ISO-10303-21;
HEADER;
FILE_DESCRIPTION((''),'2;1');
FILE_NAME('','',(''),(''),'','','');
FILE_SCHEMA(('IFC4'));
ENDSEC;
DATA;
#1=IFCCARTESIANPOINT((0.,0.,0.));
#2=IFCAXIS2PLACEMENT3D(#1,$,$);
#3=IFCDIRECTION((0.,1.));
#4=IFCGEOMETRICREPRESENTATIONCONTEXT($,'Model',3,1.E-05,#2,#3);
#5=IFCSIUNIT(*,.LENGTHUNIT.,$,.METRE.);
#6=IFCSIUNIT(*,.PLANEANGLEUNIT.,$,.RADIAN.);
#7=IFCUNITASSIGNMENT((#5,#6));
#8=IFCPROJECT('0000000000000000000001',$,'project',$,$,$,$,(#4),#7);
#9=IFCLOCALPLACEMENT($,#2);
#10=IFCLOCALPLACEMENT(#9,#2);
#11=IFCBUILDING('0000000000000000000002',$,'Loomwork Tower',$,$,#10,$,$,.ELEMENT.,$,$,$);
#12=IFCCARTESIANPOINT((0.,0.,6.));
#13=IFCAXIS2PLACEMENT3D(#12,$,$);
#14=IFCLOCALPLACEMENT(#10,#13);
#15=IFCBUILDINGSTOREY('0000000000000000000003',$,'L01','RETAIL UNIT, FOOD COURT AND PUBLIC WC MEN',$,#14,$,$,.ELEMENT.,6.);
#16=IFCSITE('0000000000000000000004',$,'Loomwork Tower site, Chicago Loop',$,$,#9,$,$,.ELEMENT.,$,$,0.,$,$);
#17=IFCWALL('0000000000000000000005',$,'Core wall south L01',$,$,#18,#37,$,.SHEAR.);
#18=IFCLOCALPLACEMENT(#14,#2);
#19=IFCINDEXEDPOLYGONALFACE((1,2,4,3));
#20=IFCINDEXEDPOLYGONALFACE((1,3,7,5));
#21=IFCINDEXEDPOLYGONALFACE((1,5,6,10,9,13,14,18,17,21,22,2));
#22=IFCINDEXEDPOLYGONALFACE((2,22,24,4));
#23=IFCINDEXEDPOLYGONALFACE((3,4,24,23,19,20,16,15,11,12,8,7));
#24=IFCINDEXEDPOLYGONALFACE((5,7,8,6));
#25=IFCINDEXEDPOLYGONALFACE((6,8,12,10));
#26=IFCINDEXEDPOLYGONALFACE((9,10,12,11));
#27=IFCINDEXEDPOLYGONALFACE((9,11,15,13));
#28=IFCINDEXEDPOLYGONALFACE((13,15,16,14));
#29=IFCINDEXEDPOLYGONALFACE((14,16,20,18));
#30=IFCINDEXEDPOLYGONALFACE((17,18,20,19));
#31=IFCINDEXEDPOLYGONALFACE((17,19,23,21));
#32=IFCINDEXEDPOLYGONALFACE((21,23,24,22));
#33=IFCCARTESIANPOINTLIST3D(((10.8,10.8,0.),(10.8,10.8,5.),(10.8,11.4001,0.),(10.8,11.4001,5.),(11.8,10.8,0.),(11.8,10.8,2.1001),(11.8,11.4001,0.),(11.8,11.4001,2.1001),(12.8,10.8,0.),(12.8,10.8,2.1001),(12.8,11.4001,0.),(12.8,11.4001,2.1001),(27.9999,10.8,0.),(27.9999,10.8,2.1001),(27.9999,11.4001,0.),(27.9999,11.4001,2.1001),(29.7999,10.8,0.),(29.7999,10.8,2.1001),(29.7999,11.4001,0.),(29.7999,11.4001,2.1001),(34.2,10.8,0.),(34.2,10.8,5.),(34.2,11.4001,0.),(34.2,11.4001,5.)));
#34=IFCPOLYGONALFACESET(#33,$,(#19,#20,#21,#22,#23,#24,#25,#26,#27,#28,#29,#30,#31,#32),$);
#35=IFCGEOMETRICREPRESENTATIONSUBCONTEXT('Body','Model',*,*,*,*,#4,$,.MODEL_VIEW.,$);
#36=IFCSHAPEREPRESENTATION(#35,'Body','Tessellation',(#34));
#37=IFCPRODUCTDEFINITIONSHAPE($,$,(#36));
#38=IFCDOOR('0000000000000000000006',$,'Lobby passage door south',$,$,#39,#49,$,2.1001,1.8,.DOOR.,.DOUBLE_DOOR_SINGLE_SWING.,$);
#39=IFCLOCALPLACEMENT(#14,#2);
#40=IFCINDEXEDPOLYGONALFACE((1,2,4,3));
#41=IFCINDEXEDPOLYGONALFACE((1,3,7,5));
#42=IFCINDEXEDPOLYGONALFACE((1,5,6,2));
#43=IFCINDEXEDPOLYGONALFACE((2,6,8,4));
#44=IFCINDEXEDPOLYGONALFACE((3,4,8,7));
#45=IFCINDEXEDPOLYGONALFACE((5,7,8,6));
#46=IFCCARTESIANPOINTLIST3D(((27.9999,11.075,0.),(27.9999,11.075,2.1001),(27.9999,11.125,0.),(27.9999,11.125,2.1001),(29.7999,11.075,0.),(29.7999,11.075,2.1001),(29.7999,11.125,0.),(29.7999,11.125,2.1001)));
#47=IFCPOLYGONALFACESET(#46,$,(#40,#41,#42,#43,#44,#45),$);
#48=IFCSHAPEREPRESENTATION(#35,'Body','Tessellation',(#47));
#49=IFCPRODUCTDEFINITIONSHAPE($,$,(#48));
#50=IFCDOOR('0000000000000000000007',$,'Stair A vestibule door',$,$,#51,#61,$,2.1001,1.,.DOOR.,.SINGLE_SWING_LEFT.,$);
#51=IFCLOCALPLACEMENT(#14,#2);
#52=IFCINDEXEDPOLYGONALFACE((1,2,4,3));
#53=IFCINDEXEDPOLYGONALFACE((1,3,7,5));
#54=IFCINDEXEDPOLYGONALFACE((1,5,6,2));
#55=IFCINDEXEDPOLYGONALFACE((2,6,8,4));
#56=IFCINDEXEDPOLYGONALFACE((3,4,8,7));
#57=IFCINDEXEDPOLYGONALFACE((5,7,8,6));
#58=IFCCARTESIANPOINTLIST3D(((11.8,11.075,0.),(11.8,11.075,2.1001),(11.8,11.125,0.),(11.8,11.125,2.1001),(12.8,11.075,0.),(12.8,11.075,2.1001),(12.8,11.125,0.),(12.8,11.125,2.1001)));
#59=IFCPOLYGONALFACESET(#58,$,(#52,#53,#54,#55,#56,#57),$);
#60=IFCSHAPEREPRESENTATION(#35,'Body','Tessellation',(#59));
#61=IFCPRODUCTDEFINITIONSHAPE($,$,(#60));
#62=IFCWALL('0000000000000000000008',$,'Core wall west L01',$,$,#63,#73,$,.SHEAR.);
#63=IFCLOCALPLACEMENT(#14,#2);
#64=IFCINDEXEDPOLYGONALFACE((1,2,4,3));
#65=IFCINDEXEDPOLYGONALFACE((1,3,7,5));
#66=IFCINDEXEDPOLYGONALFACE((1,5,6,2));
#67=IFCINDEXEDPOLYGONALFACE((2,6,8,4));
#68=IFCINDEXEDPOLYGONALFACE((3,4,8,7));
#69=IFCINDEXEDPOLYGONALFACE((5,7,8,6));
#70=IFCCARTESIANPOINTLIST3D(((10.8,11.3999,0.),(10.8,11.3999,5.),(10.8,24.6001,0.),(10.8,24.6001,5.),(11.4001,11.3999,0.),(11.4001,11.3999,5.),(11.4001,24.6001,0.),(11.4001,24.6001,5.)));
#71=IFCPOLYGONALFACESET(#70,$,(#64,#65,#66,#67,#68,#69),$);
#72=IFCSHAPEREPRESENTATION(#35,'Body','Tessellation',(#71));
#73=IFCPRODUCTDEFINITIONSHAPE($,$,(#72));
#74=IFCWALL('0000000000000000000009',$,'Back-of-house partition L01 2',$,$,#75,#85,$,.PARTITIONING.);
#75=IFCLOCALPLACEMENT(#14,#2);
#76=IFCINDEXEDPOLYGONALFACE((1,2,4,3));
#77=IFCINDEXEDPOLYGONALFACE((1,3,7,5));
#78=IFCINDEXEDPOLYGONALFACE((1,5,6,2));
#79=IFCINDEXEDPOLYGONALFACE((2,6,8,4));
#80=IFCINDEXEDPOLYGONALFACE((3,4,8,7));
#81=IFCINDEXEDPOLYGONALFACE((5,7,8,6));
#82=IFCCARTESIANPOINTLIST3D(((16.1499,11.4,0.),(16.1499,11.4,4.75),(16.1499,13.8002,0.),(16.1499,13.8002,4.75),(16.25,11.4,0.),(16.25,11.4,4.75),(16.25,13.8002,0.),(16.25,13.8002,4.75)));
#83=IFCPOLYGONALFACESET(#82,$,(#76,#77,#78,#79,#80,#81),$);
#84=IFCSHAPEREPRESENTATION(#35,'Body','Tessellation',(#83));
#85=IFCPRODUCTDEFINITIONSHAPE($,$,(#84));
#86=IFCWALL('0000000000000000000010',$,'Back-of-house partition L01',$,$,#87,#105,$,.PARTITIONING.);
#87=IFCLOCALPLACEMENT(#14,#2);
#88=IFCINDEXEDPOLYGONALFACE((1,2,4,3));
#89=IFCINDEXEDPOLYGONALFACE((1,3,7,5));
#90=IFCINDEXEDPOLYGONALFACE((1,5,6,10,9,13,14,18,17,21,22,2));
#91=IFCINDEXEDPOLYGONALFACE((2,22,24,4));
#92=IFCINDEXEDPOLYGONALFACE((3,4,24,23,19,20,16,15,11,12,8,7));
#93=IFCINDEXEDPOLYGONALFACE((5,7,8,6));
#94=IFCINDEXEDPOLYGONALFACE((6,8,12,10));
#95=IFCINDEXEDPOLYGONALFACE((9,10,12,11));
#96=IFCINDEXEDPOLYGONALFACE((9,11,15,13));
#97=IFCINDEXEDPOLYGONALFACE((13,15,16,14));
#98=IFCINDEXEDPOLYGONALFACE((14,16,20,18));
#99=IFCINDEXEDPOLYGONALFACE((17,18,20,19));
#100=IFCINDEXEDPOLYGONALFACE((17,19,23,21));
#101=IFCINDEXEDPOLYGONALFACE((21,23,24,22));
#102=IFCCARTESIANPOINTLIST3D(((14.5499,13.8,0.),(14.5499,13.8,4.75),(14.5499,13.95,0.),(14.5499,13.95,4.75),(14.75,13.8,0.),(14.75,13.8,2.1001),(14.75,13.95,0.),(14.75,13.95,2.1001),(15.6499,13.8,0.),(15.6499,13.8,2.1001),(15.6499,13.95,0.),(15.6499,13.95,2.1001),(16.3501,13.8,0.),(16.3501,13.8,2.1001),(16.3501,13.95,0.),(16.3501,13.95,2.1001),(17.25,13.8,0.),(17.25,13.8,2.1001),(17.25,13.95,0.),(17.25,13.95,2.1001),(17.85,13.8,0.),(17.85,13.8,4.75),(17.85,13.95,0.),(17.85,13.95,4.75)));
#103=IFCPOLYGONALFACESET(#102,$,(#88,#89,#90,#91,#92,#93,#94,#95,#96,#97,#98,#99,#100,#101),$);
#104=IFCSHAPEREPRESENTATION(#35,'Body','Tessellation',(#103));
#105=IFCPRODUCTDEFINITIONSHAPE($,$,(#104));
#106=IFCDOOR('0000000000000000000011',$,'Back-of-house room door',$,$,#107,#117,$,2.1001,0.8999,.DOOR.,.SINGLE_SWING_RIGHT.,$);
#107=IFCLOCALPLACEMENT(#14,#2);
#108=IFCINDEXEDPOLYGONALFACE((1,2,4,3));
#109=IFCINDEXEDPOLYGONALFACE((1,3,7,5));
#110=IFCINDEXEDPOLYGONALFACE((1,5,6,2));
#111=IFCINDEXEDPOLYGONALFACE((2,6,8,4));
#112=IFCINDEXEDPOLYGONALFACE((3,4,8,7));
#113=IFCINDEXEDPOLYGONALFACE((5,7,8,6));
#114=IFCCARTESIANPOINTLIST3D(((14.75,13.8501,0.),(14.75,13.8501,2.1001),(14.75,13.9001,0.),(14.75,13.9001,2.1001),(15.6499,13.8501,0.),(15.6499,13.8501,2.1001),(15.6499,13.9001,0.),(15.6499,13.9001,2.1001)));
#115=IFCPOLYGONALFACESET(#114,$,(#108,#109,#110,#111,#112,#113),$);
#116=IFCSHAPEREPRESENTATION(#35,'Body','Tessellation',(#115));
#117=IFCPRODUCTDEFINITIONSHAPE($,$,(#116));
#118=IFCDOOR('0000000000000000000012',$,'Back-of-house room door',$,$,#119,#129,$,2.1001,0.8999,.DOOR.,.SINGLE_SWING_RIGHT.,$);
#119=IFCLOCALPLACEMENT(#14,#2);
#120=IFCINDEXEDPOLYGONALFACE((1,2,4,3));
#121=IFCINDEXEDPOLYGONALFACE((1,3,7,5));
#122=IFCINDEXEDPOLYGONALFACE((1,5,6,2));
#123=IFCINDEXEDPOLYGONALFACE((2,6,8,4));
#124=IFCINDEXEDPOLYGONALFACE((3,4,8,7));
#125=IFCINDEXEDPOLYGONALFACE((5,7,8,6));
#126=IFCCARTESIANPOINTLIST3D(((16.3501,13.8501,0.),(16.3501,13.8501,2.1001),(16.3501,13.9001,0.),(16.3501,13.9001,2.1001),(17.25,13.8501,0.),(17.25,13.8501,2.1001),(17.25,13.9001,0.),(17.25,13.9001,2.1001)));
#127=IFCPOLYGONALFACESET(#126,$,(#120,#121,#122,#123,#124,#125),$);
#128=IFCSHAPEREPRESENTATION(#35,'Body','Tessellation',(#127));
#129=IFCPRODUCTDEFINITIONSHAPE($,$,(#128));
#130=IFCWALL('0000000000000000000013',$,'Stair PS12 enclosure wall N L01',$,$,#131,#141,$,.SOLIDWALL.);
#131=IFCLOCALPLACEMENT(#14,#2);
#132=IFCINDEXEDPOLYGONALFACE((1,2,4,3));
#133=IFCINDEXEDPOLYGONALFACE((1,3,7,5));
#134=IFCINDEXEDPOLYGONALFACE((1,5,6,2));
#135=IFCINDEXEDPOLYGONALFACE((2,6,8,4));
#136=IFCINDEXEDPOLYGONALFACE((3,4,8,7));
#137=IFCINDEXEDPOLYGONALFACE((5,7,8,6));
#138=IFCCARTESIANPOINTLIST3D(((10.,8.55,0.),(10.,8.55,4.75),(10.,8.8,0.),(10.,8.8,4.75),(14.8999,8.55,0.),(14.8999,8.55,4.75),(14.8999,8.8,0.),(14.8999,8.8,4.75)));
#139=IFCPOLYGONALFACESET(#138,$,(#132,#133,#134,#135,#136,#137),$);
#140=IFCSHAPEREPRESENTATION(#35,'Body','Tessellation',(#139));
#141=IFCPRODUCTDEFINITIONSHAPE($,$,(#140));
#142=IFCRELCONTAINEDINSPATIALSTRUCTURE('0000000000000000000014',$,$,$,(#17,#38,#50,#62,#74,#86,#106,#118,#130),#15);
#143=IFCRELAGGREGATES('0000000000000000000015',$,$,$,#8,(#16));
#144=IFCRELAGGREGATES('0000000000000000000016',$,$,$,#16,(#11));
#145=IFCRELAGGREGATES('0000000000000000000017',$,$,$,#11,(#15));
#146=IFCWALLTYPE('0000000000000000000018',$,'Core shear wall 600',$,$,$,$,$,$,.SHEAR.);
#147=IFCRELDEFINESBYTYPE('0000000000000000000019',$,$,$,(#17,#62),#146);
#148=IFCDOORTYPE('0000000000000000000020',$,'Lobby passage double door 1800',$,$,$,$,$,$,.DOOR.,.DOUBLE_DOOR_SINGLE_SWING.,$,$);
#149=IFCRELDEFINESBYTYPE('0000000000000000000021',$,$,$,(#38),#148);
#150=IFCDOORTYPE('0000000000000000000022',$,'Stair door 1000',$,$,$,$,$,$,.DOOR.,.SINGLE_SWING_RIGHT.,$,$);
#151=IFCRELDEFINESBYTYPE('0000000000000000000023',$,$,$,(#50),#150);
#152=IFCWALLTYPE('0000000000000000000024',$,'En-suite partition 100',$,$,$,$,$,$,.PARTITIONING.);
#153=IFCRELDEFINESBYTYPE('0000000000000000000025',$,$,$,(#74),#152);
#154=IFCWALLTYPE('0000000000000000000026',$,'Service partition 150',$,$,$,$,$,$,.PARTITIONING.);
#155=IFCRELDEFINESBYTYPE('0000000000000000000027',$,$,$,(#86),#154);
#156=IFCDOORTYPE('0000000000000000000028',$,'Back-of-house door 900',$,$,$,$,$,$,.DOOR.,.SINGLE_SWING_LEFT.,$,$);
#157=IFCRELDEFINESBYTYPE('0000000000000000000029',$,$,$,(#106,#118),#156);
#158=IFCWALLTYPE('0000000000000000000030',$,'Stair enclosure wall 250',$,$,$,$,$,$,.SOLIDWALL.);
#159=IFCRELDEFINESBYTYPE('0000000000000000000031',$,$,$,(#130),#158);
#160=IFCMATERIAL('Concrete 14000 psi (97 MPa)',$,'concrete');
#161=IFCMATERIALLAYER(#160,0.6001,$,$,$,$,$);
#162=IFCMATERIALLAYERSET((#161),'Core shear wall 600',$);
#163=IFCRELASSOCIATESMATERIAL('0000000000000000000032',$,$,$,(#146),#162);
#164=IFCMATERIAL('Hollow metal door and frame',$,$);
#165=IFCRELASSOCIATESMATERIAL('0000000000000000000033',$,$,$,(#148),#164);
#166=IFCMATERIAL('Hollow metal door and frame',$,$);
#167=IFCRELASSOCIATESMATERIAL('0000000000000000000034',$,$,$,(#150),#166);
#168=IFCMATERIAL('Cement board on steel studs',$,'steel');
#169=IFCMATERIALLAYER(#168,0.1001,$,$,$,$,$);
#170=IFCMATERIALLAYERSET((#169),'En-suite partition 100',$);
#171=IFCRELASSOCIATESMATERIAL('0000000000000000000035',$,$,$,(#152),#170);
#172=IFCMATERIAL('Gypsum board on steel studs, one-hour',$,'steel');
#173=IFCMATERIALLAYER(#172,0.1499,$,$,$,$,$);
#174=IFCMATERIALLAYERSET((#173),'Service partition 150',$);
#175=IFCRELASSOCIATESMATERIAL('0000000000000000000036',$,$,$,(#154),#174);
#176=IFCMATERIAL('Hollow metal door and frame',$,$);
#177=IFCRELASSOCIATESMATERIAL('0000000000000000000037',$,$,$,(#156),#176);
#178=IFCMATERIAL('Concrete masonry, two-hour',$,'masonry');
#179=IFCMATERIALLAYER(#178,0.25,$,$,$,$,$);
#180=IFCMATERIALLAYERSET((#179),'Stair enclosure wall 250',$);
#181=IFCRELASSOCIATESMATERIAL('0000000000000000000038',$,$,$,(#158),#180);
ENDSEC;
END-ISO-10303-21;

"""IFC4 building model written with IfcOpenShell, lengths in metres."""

from ifc_helpers import new_model, si_unit, direction, frame, frame_2d, origin, place, context, subcontext, project, spatial, rectangle, extrude, material, layer, layer_set, type_object, element, fill, save


model = new_model("IFC4")

# Units and contexts
model_context = context("Model", 3, precision=1e-05, world=origin(), true_north=direction((0.0, 1.0)))
body_context = subcontext(model_context, "Body", "Model", "MODEL_VIEW")
ifc_project = project(units=[si_unit("LENGTHUNIT", "METRE"), si_unit("PLANEANGLEUNIT", "RADIAN")], contexts=[model_context])

# Site, building, storey
site_placement = place(None, origin())
site = spatial("IfcSite", under=ifc_project, at=site_placement, Name="Loomwork Tower site, Chicago Loop", CompositionType="ELEMENT", RefElevation=0.0)
building_placement = place(site_placement, origin())
building = spatial("IfcBuilding", under=site, at=building_placement, Name="Loomwork Tower", CompositionType="ELEMENT")
storey_placement = place(building_placement, frame((0.0, 0.0, 6.0)))
storey = spatial("IfcBuildingStorey", under=building, at=storey_placement, Name="L01", Description="RETAIL UNIT, FOOD COURT AND PUBLIC WC MEN", CompositionType="ELEMENT", Elevation=6.0)

# Wall, openings, doors
ifc_material_1 = material(Name="Concrete 14000 psi (97 MPa)", Category="concrete")
ifc_layer_1 = layer(ifc_material_1, 0.6001)
ifc_layer_set_1 = layer_set([ifc_layer_1], Name="Core shear wall 600")
wall_type_1 = type_object("IfcWallType", Name="Core shear wall 600", PredefinedType="SHEAR", material=ifc_layer_set_1)
wall_1_placement = place(storey_placement, frame((10.8, 11.1001, 0.0), z_axis=(0.0, 0.0, 1.0), x_axis=(1.0, 0.0, 0.0)))
wall_1 = element("IfcWall", 1, at=wall_1_placement, inside=storey, type_object=wall_type_1, Name="Core wall south L01", PredefinedType="SHEAR", context=body_context, shape_type="SweptSolid", body=[
    extrude(rectangle(XDim=23.3999, YDim=0.6001, at=frame_2d((11.7, 0.0))), origin(), (0.0, 0.0, 1.0), 5.0),
])
opening_1_placement = place(wall_1_placement, frame((1.0, 0.0, 0.0)))
opening_1 = element("IfcOpeningElement", 2, at=opening_1_placement, cuts=wall_1, PredefinedType="OPENING", context=body_context, shape_type="SweptSolid", body=[
    extrude(rectangle(XDim=1.0, YDim=2.1001, at=frame_2d((0.5, 1.05))), frame((0.0, 0.3101, 0.0), z_axis=(0.0, -1.0, 0.0), x_axis=(1.0, 0.0, 0.0)), (0.0, 0.0, 1.0), 0.6201),
])
opening_2_placement = place(wall_1_placement, frame((17.2, 0.0, 0.0)))
opening_2 = element("IfcOpeningElement", 3, at=opening_2_placement, cuts=wall_1, PredefinedType="OPENING", context=body_context, shape_type="SweptSolid", body=[
    extrude(rectangle(XDim=1.8, YDim=2.1001, at=frame_2d((0.8999, 1.05))), frame((0.0, 0.3101, 0.0), z_axis=(0.0, -1.0, 0.0), x_axis=(1.0, 0.0, 0.0)), (0.0, 0.0, 1.0), 0.6201),
])
ifc_material_2 = material(Name="Hollow metal door and frame")
door_type_1 = type_object("IfcDoorType", Name="Lobby passage double door 1800", OperationType="DOUBLE_DOOR_SINGLE_SWING", PredefinedType="DOOR", material=ifc_material_2)
door_1_placement = place(opening_2_placement, origin())
door_1 = element("IfcDoor", 4, at=door_1_placement, inside=storey, type_object=door_type_1, Name="Lobby passage door south", OperationType="DOUBLE_DOOR_SINGLE_SWING", OverallHeight=2.1001, OverallWidth=1.8, PredefinedType="DOOR", context=body_context, shape_type="SweptSolid", body=[
    extrude(rectangle(XDim=1.8, YDim=2.1001, at=frame_2d((0.8999, 1.05))), frame((0.0, 0.0249, 0.0), z_axis=(0.0, -1.0, 0.0), x_axis=(1.0, 0.0, 0.0)), (0.0, 0.0, 1.0), 0.05),
])
fill(opening_2, door_1)
ifc_material_3 = material(Name="Hollow metal door and frame")
door_type_2 = type_object("IfcDoorType", Name="Stair door 1000", OperationType="SINGLE_SWING_RIGHT", PredefinedType="DOOR", material=ifc_material_3)
door_2_placement = place(opening_1_placement, origin())
door_2 = element("IfcDoor", 5, at=door_2_placement, inside=storey, type_object=door_type_2, Name="Stair A vestibule door", OperationType="SINGLE_SWING_LEFT", OverallHeight=2.1001, OverallWidth=1.0, PredefinedType="DOOR", context=body_context, shape_type="SweptSolid", body=[
    extrude(rectangle(XDim=1.0, YDim=2.1001, at=frame_2d((0.5, 1.05))), frame((0.0, 0.0249, 0.0), z_axis=(0.0, -1.0, 0.0), x_axis=(1.0, 0.0, 0.0)), (0.0, 0.0, 1.0), 0.05),
])
fill(opening_1, door_2)

# Walls
wall_2_placement = place(storey_placement, frame((11.1001, 11.3999, 0.0), z_axis=(0.0, 0.0, 1.0), x_axis=(0.0, 1.0, 0.0)))
element("IfcWall", 6, at=wall_2_placement, inside=storey, type_object=wall_type_1, Name="Core wall west L01", PredefinedType="SHEAR", context=body_context, shape_type="SweptSolid", body=[
    extrude(rectangle(XDim=13.2002, YDim=0.6001, at=frame_2d((6.6001, 0.0))), origin(), (0.0, 0.0, 1.0), 5.0),
])
ifc_material_4 = material(Name="Cement board on steel studs", Category="steel")
ifc_layer_2 = layer(ifc_material_4, 0.1001)
ifc_layer_set_2 = layer_set([ifc_layer_2], Name="En-suite partition 100")
wall_type_2 = type_object("IfcWallType", Name="En-suite partition 100", PredefinedType="PARTITIONING", material=ifc_layer_set_2)
wall_3_placement = place(storey_placement, frame((16.2, 11.3999, 0.0), z_axis=(0.0, 0.0, 1.0), x_axis=(0.0, 1.0, 0.0)))
element("IfcWall", 7, at=wall_3_placement, inside=storey, type_object=wall_type_2, Name="Back-of-house partition L01 2", PredefinedType="PARTITIONING", context=body_context, shape_type="SweptSolid", body=[
    extrude(rectangle(XDim=2.4001, YDim=0.1001, at=frame_2d((1.2002, 0.0))), origin(), (0.0, 0.0, 1.0), 4.75),
])

# Wall, openings, doors
ifc_material_5 = material(Name="Gypsum board on steel studs, one-hour", Category="steel")
ifc_layer_3 = layer(ifc_material_5, 0.1499)
ifc_layer_set_3 = layer_set([ifc_layer_3], Name="Service partition 150")
wall_type_3 = type_object("IfcWallType", Name="Service partition 150", PredefinedType="PARTITIONING", material=ifc_layer_set_3)
wall_4_placement = place(storey_placement, frame((14.55, 13.875, 0.0), z_axis=(0.0, 0.0, 1.0), x_axis=(1.0, 0.0, 0.0)))
wall_4 = element("IfcWall", 8, at=wall_4_placement, inside=storey, type_object=wall_type_3, Name="Back-of-house partition L01", PredefinedType="PARTITIONING", context=body_context, shape_type="SweptSolid", body=[
    extrude(rectangle(XDim=3.3, YDim=0.1499, at=frame_2d((1.6499, 0.0))), origin(), (0.0, 0.0, 1.0), 4.75),
])
opening_3_placement = place(wall_4_placement, frame((0.2, 0.0, 0.0)))
opening_3 = element("IfcOpeningElement", 9, at=opening_3_placement, cuts=wall_4, PredefinedType="OPENING", context=body_context, shape_type="SweptSolid", body=[
    extrude(rectangle(XDim=0.8999, YDim=2.1001, at=frame_2d((0.45, 1.05))), frame((0.0, 0.085, 0.0), z_axis=(0.0, -1.0, 0.0), x_axis=(1.0, 0.0, 0.0)), (0.0, 0.0, 1.0), 0.1699),
])
opening_4_placement = place(wall_4_placement, frame((1.8, 0.0, 0.0)))
opening_4 = element("IfcOpeningElement", 10, at=opening_4_placement, cuts=wall_4, PredefinedType="OPENING", context=body_context, shape_type="SweptSolid", body=[
    extrude(rectangle(XDim=0.8999, YDim=2.1001, at=frame_2d((0.45, 1.05))), frame((0.0, 0.085, 0.0), z_axis=(0.0, -1.0, 0.0), x_axis=(1.0, 0.0, 0.0)), (0.0, 0.0, 1.0), 0.1699),
])
ifc_material_6 = material(Name="Hollow metal door and frame")
door_type_3 = type_object("IfcDoorType", Name="Back-of-house door 900", OperationType="SINGLE_SWING_LEFT", PredefinedType="DOOR", material=ifc_material_6)
door_3_placement = place(opening_3_placement, frame((0.8999, 0.0, 0.0), z_axis=(0.0, 0.0, 1.0), x_axis=(-1.0, 0.0, 0.0)))
door_3 = element("IfcDoor", 11, at=door_3_placement, inside=storey, type_object=door_type_3, Name="Back-of-house room door", OperationType="SINGLE_SWING_RIGHT", OverallHeight=2.1001, OverallWidth=0.8999, PredefinedType="DOOR", context=body_context, shape_type="SweptSolid", body=[
    extrude(rectangle(XDim=0.8999, YDim=2.1001, at=frame_2d((0.45, 1.05))), frame((0.0, 0.0249, 0.0), z_axis=(0.0, -1.0, 0.0), x_axis=(1.0, 0.0, 0.0)), (0.0, 0.0, 1.0), 0.05),
])
fill(opening_3, door_3)
door_4_placement = place(opening_4_placement, frame((0.8999, 0.0, 0.0), z_axis=(0.0, 0.0, 1.0), x_axis=(-1.0, 0.0, 0.0)))
door_4 = element("IfcDoor", 12, at=door_4_placement, inside=storey, type_object=door_type_3, Name="Back-of-house room door", OperationType="SINGLE_SWING_RIGHT", OverallHeight=2.1001, OverallWidth=0.8999, PredefinedType="DOOR", context=body_context, shape_type="SweptSolid", body=[
    extrude(rectangle(XDim=0.8999, YDim=2.1001, at=frame_2d((0.45, 1.05))), frame((0.0, 0.0249, 0.0), z_axis=(0.0, -1.0, 0.0), x_axis=(1.0, 0.0, 0.0)), (0.0, 0.0, 1.0), 0.05),
])
fill(opening_4, door_4)

# Wall
ifc_material_7 = material(Name="Concrete masonry, two-hour", Category="masonry")
ifc_layer_4 = layer(ifc_material_7, 0.25)
ifc_layer_set_4 = layer_set([ifc_layer_4], Name="Stair enclosure wall 250")
wall_type_4 = type_object("IfcWallType", Name="Stair enclosure wall 250", PredefinedType="SOLIDWALL", material=ifc_layer_set_4)
wall_5_placement = place(storey_placement, frame((10.0, 8.675, 0.0), z_axis=(0.0, 0.0, 1.0), x_axis=(1.0, 0.0, 0.0)))
element("IfcWall", 13, at=wall_5_placement, inside=storey, type_object=wall_type_4, Name="Stair PS12 enclosure wall N L01", PredefinedType="SOLIDWALL", context=body_context, shape_type="SweptSolid", body=[
    extrude(rectangle(XDim=4.8999, YDim=0.25, at=frame_2d((2.45, 0.0))), origin(), (0.0, 0.0, 1.0), 4.75),
])

save(model, "model.ifc")
